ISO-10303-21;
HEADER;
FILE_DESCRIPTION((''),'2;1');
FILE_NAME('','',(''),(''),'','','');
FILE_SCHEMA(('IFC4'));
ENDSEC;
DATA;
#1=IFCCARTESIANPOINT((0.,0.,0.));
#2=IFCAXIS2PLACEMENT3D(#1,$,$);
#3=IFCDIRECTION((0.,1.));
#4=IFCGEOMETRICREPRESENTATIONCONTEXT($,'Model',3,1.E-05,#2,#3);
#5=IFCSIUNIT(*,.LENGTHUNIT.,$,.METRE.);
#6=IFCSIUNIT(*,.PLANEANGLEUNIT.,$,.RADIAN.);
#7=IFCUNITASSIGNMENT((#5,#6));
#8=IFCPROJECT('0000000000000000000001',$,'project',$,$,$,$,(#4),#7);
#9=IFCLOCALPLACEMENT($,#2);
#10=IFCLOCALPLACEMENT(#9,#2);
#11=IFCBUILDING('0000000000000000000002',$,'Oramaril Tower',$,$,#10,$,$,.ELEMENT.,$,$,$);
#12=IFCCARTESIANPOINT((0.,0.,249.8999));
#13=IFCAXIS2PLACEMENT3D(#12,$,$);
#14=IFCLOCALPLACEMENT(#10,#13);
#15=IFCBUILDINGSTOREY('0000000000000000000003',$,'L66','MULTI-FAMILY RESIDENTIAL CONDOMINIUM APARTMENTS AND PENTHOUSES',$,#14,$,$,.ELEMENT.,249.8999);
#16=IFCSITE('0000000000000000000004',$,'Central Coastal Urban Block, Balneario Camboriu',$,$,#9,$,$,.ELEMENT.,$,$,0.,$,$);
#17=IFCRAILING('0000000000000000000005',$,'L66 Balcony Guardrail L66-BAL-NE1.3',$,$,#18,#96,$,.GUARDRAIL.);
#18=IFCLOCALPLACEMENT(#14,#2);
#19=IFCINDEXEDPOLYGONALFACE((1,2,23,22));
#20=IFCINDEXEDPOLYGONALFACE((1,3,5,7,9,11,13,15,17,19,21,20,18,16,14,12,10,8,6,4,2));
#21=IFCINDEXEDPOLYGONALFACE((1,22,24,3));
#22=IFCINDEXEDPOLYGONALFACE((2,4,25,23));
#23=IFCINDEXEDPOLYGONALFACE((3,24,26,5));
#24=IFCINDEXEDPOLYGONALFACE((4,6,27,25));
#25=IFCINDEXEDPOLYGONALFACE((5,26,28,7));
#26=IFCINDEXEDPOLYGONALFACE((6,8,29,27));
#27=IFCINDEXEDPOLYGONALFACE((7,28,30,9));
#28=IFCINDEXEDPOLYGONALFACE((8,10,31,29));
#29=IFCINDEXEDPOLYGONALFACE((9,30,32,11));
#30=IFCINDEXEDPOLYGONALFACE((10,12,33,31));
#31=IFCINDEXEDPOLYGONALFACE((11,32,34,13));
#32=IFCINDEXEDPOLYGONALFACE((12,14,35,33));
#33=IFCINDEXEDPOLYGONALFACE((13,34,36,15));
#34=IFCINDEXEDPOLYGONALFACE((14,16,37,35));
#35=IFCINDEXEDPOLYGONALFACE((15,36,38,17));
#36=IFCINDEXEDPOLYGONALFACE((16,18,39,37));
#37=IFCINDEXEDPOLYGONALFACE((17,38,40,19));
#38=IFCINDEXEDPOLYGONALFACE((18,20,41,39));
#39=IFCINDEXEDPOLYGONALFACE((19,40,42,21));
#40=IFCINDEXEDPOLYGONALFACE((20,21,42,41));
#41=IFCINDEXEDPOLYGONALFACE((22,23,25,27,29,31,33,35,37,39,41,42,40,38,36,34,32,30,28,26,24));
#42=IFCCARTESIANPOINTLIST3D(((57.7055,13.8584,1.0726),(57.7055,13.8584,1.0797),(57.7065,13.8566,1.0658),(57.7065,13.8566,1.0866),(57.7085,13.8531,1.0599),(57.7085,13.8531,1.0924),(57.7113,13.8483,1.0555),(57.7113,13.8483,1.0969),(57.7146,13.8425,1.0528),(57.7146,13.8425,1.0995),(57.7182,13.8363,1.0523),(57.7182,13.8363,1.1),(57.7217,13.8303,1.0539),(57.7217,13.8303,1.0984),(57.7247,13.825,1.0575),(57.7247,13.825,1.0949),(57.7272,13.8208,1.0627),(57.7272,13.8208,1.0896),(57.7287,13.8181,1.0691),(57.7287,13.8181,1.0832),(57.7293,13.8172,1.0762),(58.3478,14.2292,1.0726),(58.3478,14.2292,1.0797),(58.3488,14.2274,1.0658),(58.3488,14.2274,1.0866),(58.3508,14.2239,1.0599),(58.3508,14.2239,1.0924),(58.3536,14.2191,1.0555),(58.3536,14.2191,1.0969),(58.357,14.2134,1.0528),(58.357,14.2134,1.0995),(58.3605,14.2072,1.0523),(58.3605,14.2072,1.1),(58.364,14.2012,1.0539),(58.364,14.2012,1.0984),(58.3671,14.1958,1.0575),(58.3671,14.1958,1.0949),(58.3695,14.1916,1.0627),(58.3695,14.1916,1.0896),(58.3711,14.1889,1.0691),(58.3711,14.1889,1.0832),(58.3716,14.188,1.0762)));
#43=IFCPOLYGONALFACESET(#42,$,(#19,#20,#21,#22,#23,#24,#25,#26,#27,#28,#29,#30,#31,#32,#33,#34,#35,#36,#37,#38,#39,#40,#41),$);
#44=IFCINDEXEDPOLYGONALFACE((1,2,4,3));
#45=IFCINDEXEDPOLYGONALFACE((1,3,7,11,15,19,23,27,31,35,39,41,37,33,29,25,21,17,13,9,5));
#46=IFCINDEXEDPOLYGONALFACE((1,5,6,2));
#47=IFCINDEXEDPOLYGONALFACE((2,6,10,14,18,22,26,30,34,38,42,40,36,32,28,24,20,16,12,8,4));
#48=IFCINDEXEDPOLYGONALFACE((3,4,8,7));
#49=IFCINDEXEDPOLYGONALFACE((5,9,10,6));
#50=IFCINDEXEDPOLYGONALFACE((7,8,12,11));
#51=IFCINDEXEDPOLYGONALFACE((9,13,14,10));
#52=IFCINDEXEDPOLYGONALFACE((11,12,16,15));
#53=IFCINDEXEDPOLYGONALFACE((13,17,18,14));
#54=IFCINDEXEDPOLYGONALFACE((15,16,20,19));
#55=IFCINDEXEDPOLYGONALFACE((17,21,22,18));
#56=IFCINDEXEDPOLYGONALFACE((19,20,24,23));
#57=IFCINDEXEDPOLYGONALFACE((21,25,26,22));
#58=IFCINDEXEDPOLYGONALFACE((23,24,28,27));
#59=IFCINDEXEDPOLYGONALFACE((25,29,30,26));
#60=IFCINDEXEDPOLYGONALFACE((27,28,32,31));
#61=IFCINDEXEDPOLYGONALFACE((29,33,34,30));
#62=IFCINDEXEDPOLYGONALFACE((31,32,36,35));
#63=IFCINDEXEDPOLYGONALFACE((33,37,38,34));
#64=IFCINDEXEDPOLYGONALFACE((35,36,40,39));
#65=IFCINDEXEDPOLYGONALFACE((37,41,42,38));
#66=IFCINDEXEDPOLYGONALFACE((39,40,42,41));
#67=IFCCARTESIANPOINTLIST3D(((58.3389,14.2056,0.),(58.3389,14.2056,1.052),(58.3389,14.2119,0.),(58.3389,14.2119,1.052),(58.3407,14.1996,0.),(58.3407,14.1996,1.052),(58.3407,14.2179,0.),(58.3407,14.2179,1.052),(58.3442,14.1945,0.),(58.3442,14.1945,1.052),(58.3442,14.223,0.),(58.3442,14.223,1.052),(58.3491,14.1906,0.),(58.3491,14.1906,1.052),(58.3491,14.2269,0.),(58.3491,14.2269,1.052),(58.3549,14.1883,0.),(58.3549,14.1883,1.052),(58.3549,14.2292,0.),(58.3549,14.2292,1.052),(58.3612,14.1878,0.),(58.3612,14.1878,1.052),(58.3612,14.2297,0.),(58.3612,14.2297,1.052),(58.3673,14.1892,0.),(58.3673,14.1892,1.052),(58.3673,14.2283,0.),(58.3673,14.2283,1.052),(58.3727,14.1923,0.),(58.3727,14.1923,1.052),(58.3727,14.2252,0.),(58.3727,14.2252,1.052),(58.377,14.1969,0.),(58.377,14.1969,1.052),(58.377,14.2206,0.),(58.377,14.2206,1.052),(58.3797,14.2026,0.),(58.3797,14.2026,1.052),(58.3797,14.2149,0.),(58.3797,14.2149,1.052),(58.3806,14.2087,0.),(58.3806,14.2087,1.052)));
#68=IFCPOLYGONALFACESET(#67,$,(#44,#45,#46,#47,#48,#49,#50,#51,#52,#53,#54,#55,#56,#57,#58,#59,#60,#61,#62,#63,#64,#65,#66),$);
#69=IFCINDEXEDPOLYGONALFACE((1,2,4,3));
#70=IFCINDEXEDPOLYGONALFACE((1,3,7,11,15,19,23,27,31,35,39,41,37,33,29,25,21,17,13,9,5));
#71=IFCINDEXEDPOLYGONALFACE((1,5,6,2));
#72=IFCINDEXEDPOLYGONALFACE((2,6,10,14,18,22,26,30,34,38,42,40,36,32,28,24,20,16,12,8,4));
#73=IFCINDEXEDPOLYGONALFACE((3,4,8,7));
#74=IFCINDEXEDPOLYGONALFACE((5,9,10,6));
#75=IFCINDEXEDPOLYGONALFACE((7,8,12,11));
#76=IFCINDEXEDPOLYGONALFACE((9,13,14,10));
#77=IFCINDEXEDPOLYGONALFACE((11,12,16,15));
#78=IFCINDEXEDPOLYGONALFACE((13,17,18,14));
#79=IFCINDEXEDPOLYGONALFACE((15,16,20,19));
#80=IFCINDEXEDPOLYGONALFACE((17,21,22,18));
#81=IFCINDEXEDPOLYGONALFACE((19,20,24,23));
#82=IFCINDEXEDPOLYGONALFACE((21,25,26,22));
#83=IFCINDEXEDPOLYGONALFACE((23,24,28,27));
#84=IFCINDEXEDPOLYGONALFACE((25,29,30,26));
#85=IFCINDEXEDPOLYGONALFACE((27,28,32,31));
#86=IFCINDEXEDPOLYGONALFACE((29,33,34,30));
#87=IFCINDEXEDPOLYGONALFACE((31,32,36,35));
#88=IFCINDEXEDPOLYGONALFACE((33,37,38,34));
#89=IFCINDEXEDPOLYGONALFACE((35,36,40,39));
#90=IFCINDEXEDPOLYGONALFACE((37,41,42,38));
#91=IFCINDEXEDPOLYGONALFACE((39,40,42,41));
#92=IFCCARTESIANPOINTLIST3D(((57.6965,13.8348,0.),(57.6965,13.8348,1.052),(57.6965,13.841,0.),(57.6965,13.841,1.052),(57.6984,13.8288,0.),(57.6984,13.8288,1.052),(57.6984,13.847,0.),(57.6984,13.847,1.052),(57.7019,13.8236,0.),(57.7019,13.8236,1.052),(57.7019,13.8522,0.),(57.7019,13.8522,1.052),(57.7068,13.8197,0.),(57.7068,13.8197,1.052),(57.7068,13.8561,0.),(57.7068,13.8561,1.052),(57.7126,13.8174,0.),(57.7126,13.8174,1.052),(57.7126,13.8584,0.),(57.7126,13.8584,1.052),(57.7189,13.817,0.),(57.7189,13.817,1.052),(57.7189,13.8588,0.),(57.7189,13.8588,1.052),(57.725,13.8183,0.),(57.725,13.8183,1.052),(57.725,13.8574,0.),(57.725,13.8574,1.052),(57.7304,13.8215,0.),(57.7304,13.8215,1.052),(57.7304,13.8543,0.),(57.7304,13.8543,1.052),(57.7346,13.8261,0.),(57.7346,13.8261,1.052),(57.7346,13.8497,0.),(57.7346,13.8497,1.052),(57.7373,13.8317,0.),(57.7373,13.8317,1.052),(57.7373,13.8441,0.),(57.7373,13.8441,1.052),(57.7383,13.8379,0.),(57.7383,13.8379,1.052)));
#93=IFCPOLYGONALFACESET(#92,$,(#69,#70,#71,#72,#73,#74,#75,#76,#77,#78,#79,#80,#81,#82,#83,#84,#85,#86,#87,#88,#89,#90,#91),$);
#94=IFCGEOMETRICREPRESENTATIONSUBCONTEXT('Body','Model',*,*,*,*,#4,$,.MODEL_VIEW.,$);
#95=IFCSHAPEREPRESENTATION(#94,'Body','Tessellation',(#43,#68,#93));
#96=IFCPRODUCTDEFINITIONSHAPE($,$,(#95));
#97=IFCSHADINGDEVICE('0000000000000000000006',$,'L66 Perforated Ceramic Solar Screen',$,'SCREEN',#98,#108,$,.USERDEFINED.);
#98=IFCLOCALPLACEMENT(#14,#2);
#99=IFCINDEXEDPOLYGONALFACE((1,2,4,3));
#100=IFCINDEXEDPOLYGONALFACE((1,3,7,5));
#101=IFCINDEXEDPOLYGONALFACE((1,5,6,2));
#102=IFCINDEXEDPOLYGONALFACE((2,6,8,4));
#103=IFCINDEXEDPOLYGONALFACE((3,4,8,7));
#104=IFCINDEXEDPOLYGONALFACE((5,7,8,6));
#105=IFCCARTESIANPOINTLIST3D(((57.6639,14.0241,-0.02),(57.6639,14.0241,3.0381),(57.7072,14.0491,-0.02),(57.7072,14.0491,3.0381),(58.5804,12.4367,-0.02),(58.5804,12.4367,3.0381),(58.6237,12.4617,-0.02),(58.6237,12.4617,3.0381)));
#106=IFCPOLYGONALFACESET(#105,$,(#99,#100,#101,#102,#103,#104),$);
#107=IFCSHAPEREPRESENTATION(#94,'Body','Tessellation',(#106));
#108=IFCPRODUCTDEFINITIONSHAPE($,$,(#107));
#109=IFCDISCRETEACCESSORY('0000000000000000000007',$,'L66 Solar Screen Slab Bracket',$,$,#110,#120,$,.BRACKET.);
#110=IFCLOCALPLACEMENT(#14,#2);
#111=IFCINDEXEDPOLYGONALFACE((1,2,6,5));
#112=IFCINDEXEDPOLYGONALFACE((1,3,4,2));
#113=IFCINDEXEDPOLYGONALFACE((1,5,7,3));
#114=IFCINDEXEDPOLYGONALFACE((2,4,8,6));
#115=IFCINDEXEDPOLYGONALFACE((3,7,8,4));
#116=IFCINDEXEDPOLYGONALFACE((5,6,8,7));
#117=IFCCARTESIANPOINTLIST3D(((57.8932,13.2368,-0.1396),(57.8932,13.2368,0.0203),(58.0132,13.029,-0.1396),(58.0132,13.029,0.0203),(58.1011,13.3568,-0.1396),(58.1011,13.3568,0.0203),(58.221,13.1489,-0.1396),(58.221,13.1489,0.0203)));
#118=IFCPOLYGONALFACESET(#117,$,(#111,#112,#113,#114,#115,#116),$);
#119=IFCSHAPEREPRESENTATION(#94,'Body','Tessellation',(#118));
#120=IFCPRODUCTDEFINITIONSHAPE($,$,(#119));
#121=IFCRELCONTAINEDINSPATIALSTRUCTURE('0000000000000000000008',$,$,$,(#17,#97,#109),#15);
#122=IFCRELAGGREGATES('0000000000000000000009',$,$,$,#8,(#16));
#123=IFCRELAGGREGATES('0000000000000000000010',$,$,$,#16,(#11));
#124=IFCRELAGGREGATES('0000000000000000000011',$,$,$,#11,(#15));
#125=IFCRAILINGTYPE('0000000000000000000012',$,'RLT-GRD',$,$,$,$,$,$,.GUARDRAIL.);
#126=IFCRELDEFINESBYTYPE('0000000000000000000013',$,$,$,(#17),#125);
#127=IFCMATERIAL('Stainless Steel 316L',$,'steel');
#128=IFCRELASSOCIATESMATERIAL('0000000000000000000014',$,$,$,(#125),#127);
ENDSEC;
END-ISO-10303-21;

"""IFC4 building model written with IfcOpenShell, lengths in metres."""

from ifc_helpers import new_model, si_unit, direction, frame, origin, origin_2d, place, context, subcontext, project, spatial, rectangle, circle, extrude, material, type_object, element, save


model = new_model("IFC4")

# Units and contexts
model_context = context("Model", 3, precision=1e-05, world=origin(), true_north=direction((0.0, 1.0)))
body_context = subcontext(model_context, "Body", "Model", "MODEL_VIEW")
ifc_project = project(units=[si_unit("LENGTHUNIT", "METRE"), si_unit("PLANEANGLEUNIT", "RADIAN")], contexts=[model_context])

# Site, building, storey
site_placement = place(None, origin())
site = spatial("IfcSite", under=ifc_project, at=site_placement, Name="Central Coastal Urban Block, Balneario Camboriu", CompositionType="ELEMENT", RefElevation=0.0)
building_placement = place(site_placement, origin())
building = spatial("IfcBuilding", under=site, at=building_placement, Name="Oramaril Tower", CompositionType="ELEMENT")
storey_placement = place(building_placement, frame((0.0, 0.0, 249.8999)))
storey = spatial("IfcBuildingStorey", under=building, at=storey_placement, Name="L66", Description="MULTI-FAMILY RESIDENTIAL CONDOMINIUM APARTMENTS AND PENTHOUSES", CompositionType="ELEMENT", Elevation=249.8999)

# Railing
ifc_material_1 = material(Name="Stainless Steel 316L", Category="steel")
railing_type = type_object("IfcRailingType", Name="RLT-GRD", PredefinedType="GUARDRAIL", material=ifc_material_1)
railing_1_placement = place(storey_placement, frame((58.3596, 14.2087, 0.0)))
element("IfcRailing", 1, at=railing_1_placement, inside=storey, type_object=railing_type, Name="L66 Balcony Guardrail L66-BAL-NE1.3", PredefinedType="GUARDRAIL", context=body_context, shape_type="SweptSolid", body=[
    extrude(circle(Radius=0.0239, at=origin_2d()), frame((0.0, 0.0, 1.0762), z_axis=(-0.866027, -0.499998, 0.0), x_axis=(0.499998, -0.866027, 0.0)), (0.0, 0.0, 1.0), 0.7417),
    extrude(circle(Radius=0.021, at=origin_2d()), origin(), (0.0, 0.0, 1.0), 1.052),
    extrude(circle(Radius=0.021, at=origin_2d()), frame((-0.6423, -0.3708, 0.0)), (0.0, 0.0, 1.0), 1.052),
])

# Shading device
shading_device_placement = place(storey_placement, frame((58.1438, 13.2429, -0.02), z_axis=(0.0, 0.0, 1.0), x_axis=(-0.499998, 0.866026, 0.0)))
element("IfcShadingDevice", 2, at=shading_device_placement, inside=storey, Name="L66 Perforated Ceramic Solar Screen", ObjectType="SCREEN", PredefinedType="USERDEFINED", context=body_context, shape_type="SweptSolid", body=[
    extrude(rectangle(XDim=1.833, YDim=0.05, at=origin_2d()), origin(), (0.0, 0.0, 1.0), 3.0581),
])

# Discrete accessory
discrete_accessory_placement = place(storey_placement, frame((58.0571, 13.1929, -0.1396), z_axis=(0.0, 0.0, 1.0), x_axis=(-0.499998, 0.866026, 0.0)))
element("IfcDiscreteAccessory", 3, at=discrete_accessory_placement, inside=storey, Name="L66 Solar Screen Slab Bracket", PredefinedType="BRACKET", context=body_context, shape_type="SweptSolid", body=[
    extrude(rectangle(XDim=0.24, YDim=0.24, at=origin_2d()), origin(), (0.0, 0.0, 1.0), 0.1599),
])

save(model, "model.ifc")
